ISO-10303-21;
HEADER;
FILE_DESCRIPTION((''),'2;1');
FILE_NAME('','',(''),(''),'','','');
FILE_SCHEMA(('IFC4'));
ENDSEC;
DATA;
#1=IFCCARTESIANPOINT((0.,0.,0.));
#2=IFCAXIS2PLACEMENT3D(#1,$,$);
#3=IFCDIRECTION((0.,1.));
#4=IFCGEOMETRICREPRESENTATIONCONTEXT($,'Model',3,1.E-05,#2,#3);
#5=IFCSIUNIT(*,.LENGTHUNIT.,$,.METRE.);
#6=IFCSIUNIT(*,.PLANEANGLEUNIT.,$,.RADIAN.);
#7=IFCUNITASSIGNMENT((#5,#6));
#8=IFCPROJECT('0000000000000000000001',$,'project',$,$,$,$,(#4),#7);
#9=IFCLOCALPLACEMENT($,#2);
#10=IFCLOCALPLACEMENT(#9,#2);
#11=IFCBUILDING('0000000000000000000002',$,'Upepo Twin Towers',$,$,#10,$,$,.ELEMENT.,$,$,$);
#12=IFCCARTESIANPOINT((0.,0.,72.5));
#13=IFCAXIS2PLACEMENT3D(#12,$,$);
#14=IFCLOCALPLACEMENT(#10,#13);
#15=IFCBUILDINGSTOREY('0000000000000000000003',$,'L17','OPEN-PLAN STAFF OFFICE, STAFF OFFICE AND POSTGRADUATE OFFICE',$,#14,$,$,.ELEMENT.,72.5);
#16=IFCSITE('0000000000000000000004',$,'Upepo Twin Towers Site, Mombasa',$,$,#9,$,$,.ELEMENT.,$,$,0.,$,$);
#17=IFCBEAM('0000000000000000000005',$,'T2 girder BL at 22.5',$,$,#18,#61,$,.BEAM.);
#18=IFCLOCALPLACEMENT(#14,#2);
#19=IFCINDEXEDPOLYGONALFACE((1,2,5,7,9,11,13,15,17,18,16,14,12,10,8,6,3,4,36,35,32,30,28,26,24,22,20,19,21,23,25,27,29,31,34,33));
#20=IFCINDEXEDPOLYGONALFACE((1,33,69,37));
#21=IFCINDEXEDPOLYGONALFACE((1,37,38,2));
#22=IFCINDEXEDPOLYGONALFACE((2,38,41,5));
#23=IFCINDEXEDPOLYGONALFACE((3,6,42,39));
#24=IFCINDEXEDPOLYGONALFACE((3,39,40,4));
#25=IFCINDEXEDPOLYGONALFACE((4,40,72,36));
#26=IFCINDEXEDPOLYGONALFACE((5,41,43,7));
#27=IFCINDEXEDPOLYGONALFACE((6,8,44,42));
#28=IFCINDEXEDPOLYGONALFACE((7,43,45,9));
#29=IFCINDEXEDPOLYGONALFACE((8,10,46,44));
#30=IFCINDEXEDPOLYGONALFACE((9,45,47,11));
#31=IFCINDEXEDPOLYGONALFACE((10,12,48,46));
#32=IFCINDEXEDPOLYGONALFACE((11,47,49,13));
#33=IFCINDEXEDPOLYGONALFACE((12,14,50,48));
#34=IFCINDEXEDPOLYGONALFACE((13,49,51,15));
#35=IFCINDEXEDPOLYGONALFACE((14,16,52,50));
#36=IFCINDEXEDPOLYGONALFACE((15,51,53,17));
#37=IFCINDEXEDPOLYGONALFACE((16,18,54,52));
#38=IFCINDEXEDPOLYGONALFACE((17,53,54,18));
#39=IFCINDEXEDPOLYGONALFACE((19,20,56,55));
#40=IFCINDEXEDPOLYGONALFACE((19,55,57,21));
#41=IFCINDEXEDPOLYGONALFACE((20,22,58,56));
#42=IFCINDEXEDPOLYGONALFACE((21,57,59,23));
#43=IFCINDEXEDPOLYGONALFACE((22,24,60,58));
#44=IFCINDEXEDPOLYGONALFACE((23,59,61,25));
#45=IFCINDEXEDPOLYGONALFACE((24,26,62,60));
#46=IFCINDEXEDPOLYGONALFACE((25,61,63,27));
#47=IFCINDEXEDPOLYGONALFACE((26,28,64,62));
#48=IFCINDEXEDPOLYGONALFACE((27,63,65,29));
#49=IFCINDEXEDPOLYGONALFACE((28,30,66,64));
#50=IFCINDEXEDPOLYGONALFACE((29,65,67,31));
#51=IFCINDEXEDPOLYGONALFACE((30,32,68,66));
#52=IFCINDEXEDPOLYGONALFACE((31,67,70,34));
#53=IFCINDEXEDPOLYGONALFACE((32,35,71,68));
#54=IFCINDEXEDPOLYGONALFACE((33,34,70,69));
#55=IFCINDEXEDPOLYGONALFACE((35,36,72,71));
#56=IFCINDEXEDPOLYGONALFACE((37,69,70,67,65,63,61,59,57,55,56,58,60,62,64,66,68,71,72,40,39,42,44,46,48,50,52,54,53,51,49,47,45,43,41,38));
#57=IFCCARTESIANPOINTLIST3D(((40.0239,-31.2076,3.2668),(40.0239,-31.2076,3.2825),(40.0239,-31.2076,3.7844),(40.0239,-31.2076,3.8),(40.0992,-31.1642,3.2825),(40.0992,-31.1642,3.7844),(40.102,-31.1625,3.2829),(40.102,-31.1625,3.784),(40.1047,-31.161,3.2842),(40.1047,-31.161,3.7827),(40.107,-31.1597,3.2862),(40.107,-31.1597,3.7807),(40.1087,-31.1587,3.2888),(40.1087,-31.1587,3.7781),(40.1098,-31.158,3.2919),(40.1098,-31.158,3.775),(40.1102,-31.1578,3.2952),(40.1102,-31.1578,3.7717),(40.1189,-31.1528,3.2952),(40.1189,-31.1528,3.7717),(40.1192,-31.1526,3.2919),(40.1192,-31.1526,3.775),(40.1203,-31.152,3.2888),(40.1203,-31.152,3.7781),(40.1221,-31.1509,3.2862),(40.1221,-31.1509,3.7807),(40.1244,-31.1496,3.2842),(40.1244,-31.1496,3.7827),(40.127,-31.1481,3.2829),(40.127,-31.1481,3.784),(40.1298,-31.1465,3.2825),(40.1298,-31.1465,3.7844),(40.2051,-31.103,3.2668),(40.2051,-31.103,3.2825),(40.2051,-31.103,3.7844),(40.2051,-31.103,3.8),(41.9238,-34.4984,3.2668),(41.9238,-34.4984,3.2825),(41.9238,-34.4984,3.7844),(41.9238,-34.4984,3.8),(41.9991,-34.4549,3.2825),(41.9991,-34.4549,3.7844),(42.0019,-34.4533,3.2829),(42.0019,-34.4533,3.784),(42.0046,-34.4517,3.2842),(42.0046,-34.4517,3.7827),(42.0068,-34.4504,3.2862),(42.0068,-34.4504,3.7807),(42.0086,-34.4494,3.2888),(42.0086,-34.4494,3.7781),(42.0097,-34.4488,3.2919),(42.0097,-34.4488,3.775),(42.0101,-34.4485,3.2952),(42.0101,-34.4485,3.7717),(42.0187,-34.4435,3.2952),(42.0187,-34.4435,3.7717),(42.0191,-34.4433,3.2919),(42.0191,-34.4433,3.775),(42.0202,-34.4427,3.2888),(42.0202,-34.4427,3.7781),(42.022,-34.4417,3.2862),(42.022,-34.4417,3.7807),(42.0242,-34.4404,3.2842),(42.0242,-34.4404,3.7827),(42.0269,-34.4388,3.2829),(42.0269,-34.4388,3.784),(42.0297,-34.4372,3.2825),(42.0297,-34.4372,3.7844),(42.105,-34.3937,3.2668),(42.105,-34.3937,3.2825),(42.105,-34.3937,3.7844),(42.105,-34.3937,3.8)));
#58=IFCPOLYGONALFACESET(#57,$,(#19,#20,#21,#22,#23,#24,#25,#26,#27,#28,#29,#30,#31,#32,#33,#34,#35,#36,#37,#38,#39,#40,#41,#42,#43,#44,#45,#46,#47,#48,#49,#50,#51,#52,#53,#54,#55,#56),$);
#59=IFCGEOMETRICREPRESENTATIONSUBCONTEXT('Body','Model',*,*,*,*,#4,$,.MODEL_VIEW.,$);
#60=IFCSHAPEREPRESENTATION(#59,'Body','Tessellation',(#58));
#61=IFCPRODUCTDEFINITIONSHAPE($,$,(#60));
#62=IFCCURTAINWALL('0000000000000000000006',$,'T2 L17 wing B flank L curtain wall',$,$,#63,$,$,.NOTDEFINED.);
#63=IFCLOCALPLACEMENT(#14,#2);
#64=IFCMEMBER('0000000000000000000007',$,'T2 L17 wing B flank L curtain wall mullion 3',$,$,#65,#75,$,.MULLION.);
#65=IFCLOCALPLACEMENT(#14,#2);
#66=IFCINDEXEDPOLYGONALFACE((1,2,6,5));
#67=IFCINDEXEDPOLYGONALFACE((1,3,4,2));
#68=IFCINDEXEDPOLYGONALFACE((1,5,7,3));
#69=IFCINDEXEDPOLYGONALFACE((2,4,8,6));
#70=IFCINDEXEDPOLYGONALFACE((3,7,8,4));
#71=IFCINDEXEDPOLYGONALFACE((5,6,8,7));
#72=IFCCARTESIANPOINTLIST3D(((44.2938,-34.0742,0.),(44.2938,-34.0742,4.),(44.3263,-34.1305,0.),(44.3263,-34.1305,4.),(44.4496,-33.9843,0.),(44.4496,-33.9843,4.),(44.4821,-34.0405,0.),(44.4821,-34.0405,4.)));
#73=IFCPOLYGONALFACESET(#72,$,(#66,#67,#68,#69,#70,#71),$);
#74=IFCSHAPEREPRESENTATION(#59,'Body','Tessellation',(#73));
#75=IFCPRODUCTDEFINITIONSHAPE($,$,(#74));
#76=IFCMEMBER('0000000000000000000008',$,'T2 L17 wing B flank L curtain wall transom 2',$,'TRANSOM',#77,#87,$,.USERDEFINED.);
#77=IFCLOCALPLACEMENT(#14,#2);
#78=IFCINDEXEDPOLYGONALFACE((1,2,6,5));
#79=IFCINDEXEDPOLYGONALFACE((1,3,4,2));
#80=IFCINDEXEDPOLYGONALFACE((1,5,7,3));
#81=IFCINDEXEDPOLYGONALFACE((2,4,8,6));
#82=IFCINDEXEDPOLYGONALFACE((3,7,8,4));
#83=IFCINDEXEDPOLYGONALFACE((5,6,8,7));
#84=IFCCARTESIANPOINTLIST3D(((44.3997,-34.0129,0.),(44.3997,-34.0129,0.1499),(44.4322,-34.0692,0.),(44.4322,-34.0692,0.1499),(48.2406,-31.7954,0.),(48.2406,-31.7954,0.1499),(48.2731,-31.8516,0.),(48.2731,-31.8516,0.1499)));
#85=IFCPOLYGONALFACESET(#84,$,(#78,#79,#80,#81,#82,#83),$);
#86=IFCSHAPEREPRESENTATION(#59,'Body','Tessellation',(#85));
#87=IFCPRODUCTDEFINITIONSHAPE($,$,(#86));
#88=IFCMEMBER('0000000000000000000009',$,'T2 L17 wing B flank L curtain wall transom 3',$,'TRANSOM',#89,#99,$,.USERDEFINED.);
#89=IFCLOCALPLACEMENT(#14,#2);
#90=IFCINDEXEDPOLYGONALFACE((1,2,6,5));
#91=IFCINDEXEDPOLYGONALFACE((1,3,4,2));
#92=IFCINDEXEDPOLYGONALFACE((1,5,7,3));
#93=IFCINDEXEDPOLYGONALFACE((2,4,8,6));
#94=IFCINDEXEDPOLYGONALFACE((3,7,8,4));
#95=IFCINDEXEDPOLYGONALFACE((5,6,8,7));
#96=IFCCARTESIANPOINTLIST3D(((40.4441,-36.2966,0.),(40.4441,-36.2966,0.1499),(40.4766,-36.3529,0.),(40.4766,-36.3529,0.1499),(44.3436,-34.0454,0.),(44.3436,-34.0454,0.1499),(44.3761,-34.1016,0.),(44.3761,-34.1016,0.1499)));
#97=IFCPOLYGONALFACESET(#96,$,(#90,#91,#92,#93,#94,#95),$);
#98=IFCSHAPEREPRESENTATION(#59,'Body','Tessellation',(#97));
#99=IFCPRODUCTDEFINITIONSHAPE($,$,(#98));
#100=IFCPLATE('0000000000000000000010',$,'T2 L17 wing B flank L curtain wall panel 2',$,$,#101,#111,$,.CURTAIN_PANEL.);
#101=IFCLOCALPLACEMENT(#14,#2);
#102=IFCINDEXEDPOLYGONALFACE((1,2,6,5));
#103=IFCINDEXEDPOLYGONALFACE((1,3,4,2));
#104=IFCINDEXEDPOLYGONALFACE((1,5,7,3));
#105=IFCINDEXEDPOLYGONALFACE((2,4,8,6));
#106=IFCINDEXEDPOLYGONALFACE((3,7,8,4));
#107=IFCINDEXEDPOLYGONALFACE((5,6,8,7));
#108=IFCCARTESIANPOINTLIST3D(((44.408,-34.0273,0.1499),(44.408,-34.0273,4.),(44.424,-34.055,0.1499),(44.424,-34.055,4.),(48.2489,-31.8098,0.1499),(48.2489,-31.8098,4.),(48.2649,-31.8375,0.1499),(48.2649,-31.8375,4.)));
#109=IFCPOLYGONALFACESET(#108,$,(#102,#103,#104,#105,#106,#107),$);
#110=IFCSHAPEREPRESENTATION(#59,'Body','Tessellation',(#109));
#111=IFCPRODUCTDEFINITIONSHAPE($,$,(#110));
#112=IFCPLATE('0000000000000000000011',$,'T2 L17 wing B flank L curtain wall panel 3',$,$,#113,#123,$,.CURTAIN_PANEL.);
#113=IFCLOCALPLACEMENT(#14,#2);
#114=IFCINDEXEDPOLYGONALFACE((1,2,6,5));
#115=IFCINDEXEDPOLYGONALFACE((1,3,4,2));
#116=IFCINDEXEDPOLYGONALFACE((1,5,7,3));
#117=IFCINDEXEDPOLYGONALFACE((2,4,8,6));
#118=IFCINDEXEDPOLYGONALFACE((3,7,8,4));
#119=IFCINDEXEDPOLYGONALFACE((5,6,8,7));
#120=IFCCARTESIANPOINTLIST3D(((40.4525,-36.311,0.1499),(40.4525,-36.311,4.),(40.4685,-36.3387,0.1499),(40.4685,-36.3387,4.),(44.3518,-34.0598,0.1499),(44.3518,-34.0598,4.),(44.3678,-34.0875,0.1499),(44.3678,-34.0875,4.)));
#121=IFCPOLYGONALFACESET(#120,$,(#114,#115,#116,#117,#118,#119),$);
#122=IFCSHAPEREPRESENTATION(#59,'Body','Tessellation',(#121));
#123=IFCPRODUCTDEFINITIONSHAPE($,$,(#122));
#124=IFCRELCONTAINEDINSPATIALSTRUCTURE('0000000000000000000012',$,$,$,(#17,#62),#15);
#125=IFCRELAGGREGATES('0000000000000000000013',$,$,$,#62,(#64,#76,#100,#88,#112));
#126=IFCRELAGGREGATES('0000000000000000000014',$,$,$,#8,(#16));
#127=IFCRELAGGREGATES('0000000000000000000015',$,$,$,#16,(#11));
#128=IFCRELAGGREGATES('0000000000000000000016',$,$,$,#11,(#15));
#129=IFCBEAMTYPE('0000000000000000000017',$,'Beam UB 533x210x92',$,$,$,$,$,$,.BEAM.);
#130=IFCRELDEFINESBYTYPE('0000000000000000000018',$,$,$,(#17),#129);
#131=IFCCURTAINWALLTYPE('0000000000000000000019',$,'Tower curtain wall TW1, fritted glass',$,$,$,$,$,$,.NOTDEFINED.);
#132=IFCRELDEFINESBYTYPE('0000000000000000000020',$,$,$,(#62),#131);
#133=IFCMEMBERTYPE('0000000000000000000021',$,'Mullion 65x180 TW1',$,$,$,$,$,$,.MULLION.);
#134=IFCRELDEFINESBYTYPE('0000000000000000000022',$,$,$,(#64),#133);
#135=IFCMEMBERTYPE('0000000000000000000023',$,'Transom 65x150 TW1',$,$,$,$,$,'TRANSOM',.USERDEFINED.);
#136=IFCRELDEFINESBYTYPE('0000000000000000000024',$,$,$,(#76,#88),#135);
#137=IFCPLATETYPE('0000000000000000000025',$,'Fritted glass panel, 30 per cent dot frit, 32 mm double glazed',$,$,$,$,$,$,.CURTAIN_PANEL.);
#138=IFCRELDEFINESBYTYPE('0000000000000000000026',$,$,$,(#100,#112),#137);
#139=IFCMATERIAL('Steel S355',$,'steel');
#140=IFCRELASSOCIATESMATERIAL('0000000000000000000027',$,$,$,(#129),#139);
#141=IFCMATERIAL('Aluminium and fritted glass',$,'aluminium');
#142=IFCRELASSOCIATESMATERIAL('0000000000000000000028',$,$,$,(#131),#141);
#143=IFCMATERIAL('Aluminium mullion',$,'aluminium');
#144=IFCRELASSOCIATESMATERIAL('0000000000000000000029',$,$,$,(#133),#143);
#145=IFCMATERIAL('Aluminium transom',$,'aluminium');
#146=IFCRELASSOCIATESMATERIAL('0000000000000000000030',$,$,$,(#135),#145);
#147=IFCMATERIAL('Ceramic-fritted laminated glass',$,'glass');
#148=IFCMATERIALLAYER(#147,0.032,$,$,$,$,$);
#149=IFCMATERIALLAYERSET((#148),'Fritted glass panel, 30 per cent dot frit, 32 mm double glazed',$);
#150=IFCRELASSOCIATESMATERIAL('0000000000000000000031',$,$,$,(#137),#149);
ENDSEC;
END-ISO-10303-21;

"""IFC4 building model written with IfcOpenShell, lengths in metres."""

from ifc_helpers import new_model, si_unit, direction, frame, origin, origin_2d, place, context, subcontext, project, spatial, rectangle, i_section, extrude, material, layer, layer_set, material_profile, profile_set, type_object, element, aggregate, save


model = new_model("IFC4")

# Units and contexts
model_context = context("Model", 3, precision=1e-05, world=origin(), true_north=direction((0.0, 1.0)))
body_context = subcontext(model_context, "Body", "Model", "MODEL_VIEW")
ifc_project = project(units=[si_unit("LENGTHUNIT", "METRE"), si_unit("PLANEANGLEUNIT", "RADIAN")], contexts=[model_context])

# Site, building, storey
site_placement = place(None, origin())
site = spatial("IfcSite", under=ifc_project, at=site_placement, Name="Upepo Twin Towers Site, Mombasa", CompositionType="ELEMENT", RefElevation=0.0)
building_placement = place(site_placement, origin())
building = spatial("IfcBuilding", under=site, at=building_placement, Name="Upepo Twin Towers", CompositionType="ELEMENT")
storey_placement = place(building_placement, frame((0.0, 0.0, 72.5)))
storey = spatial("IfcBuildingStorey", under=building, at=storey_placement, Name="L17", Description="OPEN-PLAN STAFF OFFICE, STAFF OFFICE AND POSTGRADUATE OFFICE", CompositionType="ELEMENT", Elevation=72.5)

# Beam
ifc_material_1 = material(Name="Steel S355", Category="steel")
ifc_material_profile_1 = material_profile(ifc_material_1, i_section(OverallWidth=0.2092, OverallDepth=0.5332, WebThickness=0.01, FlangeThickness=0.0156, FilletRadius=0.0127, at=origin_2d()), Name="UB 533x210x92")
ifc_profile_set_1 = profile_set([ifc_material_profile_1], Name="Steel S355")
beam_type_1 = type_object("IfcBeamType", Name="Beam UB 533x210x92", PredefinedType="BEAM", material=ifc_profile_set_1)
beam_1_placement = place(storey_placement, frame((42.0144, -34.446, 3.5334), z_axis=(-0.499995, 0.866028, 0.0), x_axis=(-0.866028, -0.499995, 0.0)))
element("IfcBeam", 1, at=beam_1_placement, inside=storey, type_object=beam_type_1, Name="T2 girder BL at 22.5", PredefinedType="BEAM", context=body_context, shape_type="SweptSolid", body=[
    extrude(i_section(OverallWidth=0.2092, OverallDepth=0.5332, WebThickness=0.01, FlangeThickness=0.0156, FilletRadius=0.0127, at=origin_2d()), origin(), (0.0, 0.0, 1.0), 3.7998),
])

# Curtain wall, members, plates
ifc_material_2 = material(Name="Aluminium and fritted glass", Category="aluminium")
curtain_wall_type = type_object("IfcCurtainWallType", Name="Tower curtain wall TW1, fritted glass", PredefinedType="NOTDEFINED", material=ifc_material_2)
curtain_wall_placement = place(storey_placement, origin())
curtain_wall = element("IfcCurtainWall", 2, at=curtain_wall_placement, inside=storey, type_object=curtain_wall_type, Name="T2 L17 wing B flank L curtain wall", PredefinedType="NOTDEFINED")
ifc_material_3 = material(Name="Aluminium mullion", Category="aluminium")
ifc_material_profile_2 = material_profile(ifc_material_3, rectangle(XDim=0.0649, YDim=0.1799, at=origin_2d()), Name="MULLION 65x180")
ifc_profile_set_2 = profile_set([ifc_material_profile_2], Name="Aluminium mullion")
member_type_1 = type_object("IfcMemberType", Name="Mullion 65x180 TW1", PredefinedType="MULLION", material=ifc_profile_set_2)
member_1_placement = place(storey_placement, frame((44.3879, -34.0574, 0.0), z_axis=(0.0, 0.0, 1.0), x_axis=(0.5, -0.866025, 0.0)))
member_1 = element("IfcMember", 3, at=member_1_placement, type_object=member_type_1, Name="T2 L17 wing B flank L curtain wall mullion 3", PredefinedType="MULLION", context=body_context, shape_type="SweptSolid", body=[
    extrude(rectangle(XDim=0.0649, YDim=0.1799, at=origin_2d()), origin(), (0.0, 0.0, 1.0), 4.0),
])
ifc_material_4 = material(Name="Aluminium transom", Category="aluminium")
ifc_material_profile_3 = material_profile(ifc_material_4, rectangle(XDim=0.0649, YDim=0.1499, at=origin_2d()), Name="TRANSOM 65x150")
ifc_profile_set_3 = profile_set([ifc_material_profile_3], Name="Aluminium transom")
member_type_2 = type_object("IfcMemberType", Name="Transom 65x150 TW1", ElementType="TRANSOM", PredefinedType="USERDEFINED", material=ifc_profile_set_3)
member_2_placement = place(storey_placement, frame((48.2568, -31.8235, 0.075), z_axis=(-0.866022, -0.500005, 0.0), x_axis=(0.500005, -0.866022, 0.0)))
member_2 = element("IfcMember", 4, at=member_2_placement, type_object=member_type_2, Name="T2 L17 wing B flank L curtain wall transom 2", ObjectType="TRANSOM", PredefinedType="USERDEFINED", context=body_context, shape_type="SweptSolid", body=[
    extrude(rectangle(XDim=0.0649, YDim=0.1499, at=origin_2d()), origin(), (0.0, 0.0, 1.0), 4.4351),
])
member_3_placement = place(storey_placement, frame((44.3599, -34.0735, 0.075), z_axis=(-0.866036, -0.499982, 0.0), x_axis=(0.499982, -0.866036, 0.0)))
member_3 = element("IfcMember", 5, at=member_3_placement, type_object=member_type_2, Name="T2 L17 wing B flank L curtain wall transom 3", ObjectType="TRANSOM", PredefinedType="USERDEFINED", context=body_context, shape_type="SweptSolid", body=[
    extrude(rectangle(XDim=0.0649, YDim=0.1499, at=origin_2d()), origin(), (0.0, 0.0, 1.0), 4.5027),
])
ifc_material_5 = material(Name="Ceramic-fritted laminated glass", Category="glass")
ifc_layer_1 = layer(ifc_material_5, 0.032)
ifc_layer_set_1 = layer_set([ifc_layer_1], Name="Fritted glass panel, 30 per cent dot frit, 32 mm double glazed")
plate_type = type_object("IfcPlateType", Name="Fritted glass panel, 30 per cent dot frit, 32 mm double glazed", PredefinedType="CURTAIN_PANEL", material=ifc_layer_set_1)
plate_1_placement = place(storey_placement, frame((46.3364, -32.9324, 0.1499), z_axis=(0.0, 0.0, 1.0), x_axis=(-0.866025, -0.5, 0.0)))
plate_1 = element("IfcPlate", 6, at=plate_1_placement, type_object=plate_type, Name="T2 L17 wing B flank L curtain wall panel 2", PredefinedType="CURTAIN_PANEL", context=body_context, shape_type="SweptSolid", body=[
    extrude(rectangle(XDim=4.4351, YDim=0.032, at=origin_2d()), origin(), (0.0, 0.0, 1.0), 3.8501),
])
plate_2_placement = place(storey_placement, frame((42.4102, -35.1992, 0.1499), z_axis=(0.0, 0.0, 1.0), x_axis=(-0.866025, -0.5, 0.0)))
plate_2 = element("IfcPlate", 7, at=plate_2_placement, type_object=plate_type, Name="T2 L17 wing B flank L curtain wall panel 3", PredefinedType="CURTAIN_PANEL", context=body_context, shape_type="SweptSolid", body=[
    extrude(rectangle(XDim=4.5024, YDim=0.032, at=origin_2d()), origin(), (0.0, 0.0, 1.0), 3.8501),
])
aggregate(curtain_wall, [member_1, member_2, plate_1, member_3, plate_2])

save(model, "model.ifc")
